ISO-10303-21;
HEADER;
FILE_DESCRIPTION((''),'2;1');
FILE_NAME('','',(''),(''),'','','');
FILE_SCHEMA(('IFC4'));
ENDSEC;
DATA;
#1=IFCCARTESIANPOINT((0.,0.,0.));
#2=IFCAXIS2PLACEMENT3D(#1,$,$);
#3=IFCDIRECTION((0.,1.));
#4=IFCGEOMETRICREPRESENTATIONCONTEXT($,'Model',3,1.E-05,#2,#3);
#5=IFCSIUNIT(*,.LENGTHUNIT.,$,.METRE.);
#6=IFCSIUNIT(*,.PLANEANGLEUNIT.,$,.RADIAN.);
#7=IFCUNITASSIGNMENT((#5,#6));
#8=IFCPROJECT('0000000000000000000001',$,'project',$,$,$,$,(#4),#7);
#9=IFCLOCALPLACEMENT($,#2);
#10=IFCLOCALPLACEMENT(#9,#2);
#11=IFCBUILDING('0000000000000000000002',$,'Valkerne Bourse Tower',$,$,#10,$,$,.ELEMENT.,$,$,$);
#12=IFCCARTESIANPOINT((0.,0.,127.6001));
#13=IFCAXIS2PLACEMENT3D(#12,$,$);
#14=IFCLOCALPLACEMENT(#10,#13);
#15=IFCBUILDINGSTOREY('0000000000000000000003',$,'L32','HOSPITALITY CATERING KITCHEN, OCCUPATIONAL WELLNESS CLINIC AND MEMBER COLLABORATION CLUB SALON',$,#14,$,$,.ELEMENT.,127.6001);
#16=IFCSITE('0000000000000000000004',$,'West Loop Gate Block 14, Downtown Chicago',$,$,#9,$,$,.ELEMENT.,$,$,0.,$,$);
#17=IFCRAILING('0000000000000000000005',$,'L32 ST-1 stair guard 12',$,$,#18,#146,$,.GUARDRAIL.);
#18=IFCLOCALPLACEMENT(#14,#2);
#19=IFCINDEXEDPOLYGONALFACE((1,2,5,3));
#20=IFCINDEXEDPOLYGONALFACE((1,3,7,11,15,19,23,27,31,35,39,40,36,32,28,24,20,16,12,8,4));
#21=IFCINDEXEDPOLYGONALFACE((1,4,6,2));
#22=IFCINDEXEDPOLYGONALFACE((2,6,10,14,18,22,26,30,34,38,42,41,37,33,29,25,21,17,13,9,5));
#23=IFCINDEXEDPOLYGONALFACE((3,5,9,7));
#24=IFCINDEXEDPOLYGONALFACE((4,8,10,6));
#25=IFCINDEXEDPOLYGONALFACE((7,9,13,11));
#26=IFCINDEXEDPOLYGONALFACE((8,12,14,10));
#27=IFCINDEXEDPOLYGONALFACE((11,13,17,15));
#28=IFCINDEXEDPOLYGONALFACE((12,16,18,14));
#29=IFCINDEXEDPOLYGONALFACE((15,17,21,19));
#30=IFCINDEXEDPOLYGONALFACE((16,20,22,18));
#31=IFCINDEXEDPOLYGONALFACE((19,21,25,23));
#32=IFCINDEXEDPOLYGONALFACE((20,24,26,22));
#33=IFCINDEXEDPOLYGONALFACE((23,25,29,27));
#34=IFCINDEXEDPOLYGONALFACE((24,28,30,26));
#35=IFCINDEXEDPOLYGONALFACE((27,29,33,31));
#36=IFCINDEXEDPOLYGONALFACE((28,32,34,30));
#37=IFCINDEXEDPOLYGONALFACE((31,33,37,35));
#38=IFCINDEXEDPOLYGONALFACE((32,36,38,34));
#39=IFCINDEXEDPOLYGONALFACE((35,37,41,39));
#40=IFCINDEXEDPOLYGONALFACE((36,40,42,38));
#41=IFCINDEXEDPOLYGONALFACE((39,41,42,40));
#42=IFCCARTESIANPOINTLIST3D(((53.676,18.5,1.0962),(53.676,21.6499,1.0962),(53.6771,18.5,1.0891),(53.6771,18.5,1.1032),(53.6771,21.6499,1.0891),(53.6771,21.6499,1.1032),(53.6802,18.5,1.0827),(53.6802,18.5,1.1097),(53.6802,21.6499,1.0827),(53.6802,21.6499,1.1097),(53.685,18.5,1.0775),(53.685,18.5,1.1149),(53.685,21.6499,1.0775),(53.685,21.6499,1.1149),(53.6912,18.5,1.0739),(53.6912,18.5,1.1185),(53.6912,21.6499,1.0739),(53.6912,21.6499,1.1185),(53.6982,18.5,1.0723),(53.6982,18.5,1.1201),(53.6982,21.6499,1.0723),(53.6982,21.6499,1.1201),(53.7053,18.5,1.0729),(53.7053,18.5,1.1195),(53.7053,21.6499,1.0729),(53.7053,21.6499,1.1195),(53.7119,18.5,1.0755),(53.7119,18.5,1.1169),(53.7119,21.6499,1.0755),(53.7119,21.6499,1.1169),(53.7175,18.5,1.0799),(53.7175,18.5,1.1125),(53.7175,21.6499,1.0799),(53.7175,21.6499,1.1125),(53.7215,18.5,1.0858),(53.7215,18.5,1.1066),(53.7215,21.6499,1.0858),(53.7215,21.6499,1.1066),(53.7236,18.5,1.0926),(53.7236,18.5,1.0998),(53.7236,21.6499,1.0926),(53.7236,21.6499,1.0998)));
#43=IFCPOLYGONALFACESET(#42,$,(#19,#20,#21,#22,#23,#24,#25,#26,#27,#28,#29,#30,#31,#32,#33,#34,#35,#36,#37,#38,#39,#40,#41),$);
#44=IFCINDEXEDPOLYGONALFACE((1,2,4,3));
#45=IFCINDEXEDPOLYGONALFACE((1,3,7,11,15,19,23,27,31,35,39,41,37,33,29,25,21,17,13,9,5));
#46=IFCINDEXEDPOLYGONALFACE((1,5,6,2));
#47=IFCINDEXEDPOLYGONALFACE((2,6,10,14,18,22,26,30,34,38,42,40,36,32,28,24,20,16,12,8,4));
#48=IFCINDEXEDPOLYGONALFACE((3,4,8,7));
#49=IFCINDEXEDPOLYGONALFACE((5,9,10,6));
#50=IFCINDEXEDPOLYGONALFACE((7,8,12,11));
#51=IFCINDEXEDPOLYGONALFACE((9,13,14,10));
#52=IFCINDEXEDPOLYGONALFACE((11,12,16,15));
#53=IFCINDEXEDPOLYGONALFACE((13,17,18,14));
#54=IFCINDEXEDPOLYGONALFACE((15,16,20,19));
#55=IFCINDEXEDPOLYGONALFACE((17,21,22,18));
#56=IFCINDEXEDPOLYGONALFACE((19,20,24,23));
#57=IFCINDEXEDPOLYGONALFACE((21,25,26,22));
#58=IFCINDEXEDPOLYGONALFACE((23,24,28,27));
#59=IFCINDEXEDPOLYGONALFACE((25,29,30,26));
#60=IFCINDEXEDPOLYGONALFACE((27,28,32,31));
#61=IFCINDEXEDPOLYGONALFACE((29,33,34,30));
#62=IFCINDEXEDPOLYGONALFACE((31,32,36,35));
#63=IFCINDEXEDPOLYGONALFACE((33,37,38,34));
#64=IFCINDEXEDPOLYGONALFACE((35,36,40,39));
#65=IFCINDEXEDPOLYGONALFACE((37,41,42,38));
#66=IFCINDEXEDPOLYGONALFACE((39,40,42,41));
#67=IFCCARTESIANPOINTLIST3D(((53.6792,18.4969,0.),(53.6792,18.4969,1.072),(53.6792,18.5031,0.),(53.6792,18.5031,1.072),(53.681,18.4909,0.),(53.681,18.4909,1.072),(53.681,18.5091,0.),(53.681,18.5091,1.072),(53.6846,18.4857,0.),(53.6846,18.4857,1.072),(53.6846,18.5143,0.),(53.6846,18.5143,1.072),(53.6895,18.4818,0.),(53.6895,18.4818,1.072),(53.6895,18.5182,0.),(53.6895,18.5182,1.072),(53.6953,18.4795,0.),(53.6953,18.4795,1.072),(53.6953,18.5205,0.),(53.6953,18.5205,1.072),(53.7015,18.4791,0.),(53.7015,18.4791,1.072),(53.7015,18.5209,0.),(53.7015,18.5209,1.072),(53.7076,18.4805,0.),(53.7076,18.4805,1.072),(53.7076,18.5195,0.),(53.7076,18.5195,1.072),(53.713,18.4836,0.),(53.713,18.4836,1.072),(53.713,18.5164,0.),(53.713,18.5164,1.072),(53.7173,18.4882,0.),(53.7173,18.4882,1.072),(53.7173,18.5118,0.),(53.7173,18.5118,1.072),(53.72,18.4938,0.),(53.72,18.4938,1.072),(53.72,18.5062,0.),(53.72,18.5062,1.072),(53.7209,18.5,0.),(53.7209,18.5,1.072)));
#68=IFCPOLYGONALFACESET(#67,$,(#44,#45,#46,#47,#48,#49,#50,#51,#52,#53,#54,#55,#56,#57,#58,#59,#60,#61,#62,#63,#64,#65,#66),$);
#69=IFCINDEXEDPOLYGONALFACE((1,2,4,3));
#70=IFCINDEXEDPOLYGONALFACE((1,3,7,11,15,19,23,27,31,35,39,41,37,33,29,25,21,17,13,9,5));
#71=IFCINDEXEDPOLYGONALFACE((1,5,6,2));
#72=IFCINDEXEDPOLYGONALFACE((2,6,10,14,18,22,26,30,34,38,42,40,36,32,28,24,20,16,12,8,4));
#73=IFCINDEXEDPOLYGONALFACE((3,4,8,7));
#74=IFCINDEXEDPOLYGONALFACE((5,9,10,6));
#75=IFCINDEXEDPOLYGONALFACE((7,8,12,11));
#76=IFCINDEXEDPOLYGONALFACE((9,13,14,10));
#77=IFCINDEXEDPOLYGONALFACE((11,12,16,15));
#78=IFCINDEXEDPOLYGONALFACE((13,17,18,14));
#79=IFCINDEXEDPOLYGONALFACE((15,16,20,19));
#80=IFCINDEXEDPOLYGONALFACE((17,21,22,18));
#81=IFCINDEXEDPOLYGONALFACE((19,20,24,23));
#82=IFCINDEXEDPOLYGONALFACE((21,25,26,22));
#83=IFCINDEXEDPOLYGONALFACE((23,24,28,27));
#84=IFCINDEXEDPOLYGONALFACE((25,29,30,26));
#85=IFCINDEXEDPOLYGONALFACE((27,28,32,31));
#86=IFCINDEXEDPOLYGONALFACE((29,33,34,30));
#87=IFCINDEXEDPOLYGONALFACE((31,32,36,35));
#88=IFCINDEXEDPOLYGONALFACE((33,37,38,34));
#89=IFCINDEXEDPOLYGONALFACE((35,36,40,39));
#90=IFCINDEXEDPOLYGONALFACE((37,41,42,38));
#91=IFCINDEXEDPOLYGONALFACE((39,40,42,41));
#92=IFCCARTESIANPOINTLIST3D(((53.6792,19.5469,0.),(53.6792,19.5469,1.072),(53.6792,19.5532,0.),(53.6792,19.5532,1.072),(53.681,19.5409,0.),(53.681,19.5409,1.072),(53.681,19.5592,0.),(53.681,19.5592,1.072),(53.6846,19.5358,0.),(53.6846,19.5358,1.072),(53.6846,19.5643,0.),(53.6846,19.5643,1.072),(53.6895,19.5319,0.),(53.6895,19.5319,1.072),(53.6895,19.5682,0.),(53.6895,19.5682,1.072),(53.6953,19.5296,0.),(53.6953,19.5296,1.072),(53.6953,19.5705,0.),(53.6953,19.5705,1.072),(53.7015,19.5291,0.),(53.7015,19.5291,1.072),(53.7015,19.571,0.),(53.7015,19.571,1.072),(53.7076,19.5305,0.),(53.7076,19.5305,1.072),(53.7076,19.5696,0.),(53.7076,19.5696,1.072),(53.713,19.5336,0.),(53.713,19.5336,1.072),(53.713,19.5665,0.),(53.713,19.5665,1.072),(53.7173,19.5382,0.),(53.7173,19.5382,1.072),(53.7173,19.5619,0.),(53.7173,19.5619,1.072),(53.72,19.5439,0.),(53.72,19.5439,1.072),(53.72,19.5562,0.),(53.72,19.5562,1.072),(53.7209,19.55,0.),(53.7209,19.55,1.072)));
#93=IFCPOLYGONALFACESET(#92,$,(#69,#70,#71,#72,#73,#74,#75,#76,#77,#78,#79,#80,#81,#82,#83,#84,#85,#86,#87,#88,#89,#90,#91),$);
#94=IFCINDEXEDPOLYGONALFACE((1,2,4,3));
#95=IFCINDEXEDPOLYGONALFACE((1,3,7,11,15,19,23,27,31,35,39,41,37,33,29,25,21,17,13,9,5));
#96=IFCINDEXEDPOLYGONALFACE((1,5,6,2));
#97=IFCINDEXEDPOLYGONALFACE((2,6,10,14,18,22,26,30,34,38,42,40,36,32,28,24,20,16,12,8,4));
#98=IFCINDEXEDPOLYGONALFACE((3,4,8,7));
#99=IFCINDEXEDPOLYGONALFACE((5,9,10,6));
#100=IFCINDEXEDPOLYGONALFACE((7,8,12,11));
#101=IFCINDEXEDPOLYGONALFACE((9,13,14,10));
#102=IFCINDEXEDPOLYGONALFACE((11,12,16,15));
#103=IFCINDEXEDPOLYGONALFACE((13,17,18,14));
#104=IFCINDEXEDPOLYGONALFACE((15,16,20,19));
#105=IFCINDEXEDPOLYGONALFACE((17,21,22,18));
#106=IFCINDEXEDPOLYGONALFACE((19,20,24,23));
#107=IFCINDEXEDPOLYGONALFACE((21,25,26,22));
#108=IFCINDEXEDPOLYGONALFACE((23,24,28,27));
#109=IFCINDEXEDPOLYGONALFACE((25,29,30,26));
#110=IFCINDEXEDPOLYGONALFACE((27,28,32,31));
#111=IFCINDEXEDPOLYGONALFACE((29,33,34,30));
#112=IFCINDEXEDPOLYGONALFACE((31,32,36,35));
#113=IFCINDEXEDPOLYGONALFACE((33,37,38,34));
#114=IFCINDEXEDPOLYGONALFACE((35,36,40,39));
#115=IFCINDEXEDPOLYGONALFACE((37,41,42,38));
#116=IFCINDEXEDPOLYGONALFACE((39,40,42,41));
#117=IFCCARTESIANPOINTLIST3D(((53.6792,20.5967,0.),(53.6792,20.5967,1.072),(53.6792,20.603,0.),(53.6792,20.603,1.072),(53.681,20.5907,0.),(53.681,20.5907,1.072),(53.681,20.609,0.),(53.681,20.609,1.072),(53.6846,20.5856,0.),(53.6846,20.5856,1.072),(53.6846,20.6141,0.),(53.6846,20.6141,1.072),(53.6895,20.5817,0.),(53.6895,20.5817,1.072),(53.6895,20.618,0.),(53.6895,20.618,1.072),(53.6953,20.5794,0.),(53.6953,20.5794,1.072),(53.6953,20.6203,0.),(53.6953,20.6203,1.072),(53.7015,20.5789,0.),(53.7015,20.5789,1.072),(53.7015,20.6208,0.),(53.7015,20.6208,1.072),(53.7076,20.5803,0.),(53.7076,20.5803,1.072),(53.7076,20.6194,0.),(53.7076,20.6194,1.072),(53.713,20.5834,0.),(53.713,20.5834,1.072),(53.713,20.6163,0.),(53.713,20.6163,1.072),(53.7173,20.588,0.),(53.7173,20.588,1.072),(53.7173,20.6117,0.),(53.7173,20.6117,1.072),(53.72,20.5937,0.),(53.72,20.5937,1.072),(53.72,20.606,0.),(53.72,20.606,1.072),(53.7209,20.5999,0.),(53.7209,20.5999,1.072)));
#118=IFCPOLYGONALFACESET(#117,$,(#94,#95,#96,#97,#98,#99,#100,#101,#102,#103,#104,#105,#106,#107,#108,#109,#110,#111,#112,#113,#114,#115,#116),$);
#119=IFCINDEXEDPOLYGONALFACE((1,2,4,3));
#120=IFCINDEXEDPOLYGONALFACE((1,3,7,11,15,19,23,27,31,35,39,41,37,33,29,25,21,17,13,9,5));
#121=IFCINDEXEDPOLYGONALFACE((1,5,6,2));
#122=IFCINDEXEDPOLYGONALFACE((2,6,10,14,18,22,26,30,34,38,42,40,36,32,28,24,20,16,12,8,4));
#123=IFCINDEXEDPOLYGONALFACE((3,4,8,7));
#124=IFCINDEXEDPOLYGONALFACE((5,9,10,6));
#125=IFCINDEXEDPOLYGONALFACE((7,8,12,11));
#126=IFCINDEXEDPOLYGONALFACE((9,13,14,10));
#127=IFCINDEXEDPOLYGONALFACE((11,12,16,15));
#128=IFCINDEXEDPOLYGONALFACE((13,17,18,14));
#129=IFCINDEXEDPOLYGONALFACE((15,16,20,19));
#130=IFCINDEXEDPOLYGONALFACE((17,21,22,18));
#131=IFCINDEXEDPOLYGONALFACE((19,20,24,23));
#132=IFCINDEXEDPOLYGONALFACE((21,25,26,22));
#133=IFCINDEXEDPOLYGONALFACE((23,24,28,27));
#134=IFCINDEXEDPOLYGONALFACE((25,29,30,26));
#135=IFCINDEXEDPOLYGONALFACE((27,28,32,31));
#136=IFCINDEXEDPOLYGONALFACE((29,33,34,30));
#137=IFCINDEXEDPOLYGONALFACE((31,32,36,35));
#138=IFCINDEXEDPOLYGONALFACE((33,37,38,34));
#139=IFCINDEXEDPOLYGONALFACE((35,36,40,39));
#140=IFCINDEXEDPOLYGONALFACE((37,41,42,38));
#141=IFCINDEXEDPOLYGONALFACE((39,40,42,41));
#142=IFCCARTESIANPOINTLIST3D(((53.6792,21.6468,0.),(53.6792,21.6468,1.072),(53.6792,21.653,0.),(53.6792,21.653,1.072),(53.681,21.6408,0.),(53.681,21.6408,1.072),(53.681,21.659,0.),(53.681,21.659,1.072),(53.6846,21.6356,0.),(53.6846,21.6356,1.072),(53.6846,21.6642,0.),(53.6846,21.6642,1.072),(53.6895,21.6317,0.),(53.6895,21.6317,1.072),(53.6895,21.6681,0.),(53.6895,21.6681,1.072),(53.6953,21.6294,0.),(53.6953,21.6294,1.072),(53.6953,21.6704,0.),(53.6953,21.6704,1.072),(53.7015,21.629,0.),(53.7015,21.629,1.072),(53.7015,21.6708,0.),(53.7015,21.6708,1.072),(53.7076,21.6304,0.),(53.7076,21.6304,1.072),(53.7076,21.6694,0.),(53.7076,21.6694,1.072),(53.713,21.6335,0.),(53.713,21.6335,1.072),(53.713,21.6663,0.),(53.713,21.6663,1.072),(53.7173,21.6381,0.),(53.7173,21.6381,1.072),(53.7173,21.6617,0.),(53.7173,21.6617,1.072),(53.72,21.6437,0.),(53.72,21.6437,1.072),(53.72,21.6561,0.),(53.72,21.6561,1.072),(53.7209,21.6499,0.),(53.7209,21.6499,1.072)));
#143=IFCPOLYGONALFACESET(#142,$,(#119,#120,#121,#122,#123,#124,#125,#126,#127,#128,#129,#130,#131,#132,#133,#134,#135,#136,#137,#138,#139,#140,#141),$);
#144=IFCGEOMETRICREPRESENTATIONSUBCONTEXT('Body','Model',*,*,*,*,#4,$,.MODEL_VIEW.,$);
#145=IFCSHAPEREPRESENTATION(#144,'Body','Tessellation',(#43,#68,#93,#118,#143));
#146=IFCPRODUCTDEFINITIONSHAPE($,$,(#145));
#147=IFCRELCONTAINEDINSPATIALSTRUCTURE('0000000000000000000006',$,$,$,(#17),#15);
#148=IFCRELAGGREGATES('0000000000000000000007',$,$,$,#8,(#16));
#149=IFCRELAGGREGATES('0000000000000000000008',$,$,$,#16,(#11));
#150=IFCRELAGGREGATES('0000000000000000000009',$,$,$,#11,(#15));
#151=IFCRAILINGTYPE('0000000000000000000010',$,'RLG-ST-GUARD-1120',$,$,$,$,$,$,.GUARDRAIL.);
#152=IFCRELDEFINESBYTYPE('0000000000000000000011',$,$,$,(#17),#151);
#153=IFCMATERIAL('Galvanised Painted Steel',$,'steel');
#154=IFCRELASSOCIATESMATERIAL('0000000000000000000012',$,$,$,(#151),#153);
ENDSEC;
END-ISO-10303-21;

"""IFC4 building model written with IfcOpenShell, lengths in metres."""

from ifc_helpers import new_model, si_unit, direction, frame, origin, origin_2d, place, context, subcontext, project, spatial, circle, extrude, material, type_object, element, save


model = new_model("IFC4")

# Units and contexts
model_context = context("Model", 3, precision=1e-05, world=origin(), true_north=direction((0.0, 1.0)))
body_context = subcontext(model_context, "Body", "Model", "MODEL_VIEW")
ifc_project = project(units=[si_unit("LENGTHUNIT", "METRE"), si_unit("PLANEANGLEUNIT", "RADIAN")], contexts=[model_context])

# Site, building, storey
site_placement = place(None, origin())
site = spatial("IfcSite", under=ifc_project, at=site_placement, Name="West Loop Gate Block 14, Downtown Chicago", CompositionType="ELEMENT", RefElevation=0.0)
building_placement = place(site_placement, origin())
building = spatial("IfcBuilding", under=site, at=building_placement, Name="Valkerne Bourse Tower", CompositionType="ELEMENT")
storey_placement = place(building_placement, frame((0.0, 0.0, 127.6001)))
storey = spatial("IfcBuildingStorey", under=building, at=storey_placement, Name="L32", Description="HOSPITALITY CATERING KITCHEN, OCCUPATIONAL WELLNESS CLINIC AND MEMBER COLLABORATION CLUB SALON", CompositionType="ELEMENT", Elevation=127.6001)

# Shared definitions
ifc_material_1 = material(Name="Galvanised Painted Steel", Category="steel")

# Railing
railing_type_1 = type_object("IfcRailingType", Name="RLG-ST-GUARD-1120", PredefinedType="GUARDRAIL", material=ifc_material_1)
railing_1_placement = place(storey_placement, frame((53.7, 18.5, 0.0)))
element("IfcRailing", 1, at=railing_1_placement, inside=storey, type_object=railing_type_1, Name="L32 ST-1 stair guard 12", PredefinedType="GUARDRAIL", context=body_context, shape_type="SweptSolid", body=[
    extrude(circle(Radius=0.0239, at=origin_2d()), frame((0.0, 0.0, 1.0962), z_axis=(0.0, 1.0, 0.0), x_axis=(-1.0, 0.0, 0.0)), (0.0, 0.0, 1.0), 3.1499),
    extrude(circle(Radius=0.021, at=origin_2d()), origin(), (0.0, 0.0, 1.0), 1.072),
    extrude(circle(Radius=0.021, at=origin_2d()), frame((0.0, 1.05, 0.0)), (0.0, 0.0, 1.0), 1.072),
    extrude(circle(Radius=0.021, at=origin_2d()), frame((0.0, 2.0999, 0.0)), (0.0, 0.0, 1.0), 1.072),
    extrude(circle(Radius=0.021, at=origin_2d()), frame((0.0, 3.1499, 0.0)), (0.0, 0.0, 1.0), 1.072),
])

save(model, "model.ifc")
